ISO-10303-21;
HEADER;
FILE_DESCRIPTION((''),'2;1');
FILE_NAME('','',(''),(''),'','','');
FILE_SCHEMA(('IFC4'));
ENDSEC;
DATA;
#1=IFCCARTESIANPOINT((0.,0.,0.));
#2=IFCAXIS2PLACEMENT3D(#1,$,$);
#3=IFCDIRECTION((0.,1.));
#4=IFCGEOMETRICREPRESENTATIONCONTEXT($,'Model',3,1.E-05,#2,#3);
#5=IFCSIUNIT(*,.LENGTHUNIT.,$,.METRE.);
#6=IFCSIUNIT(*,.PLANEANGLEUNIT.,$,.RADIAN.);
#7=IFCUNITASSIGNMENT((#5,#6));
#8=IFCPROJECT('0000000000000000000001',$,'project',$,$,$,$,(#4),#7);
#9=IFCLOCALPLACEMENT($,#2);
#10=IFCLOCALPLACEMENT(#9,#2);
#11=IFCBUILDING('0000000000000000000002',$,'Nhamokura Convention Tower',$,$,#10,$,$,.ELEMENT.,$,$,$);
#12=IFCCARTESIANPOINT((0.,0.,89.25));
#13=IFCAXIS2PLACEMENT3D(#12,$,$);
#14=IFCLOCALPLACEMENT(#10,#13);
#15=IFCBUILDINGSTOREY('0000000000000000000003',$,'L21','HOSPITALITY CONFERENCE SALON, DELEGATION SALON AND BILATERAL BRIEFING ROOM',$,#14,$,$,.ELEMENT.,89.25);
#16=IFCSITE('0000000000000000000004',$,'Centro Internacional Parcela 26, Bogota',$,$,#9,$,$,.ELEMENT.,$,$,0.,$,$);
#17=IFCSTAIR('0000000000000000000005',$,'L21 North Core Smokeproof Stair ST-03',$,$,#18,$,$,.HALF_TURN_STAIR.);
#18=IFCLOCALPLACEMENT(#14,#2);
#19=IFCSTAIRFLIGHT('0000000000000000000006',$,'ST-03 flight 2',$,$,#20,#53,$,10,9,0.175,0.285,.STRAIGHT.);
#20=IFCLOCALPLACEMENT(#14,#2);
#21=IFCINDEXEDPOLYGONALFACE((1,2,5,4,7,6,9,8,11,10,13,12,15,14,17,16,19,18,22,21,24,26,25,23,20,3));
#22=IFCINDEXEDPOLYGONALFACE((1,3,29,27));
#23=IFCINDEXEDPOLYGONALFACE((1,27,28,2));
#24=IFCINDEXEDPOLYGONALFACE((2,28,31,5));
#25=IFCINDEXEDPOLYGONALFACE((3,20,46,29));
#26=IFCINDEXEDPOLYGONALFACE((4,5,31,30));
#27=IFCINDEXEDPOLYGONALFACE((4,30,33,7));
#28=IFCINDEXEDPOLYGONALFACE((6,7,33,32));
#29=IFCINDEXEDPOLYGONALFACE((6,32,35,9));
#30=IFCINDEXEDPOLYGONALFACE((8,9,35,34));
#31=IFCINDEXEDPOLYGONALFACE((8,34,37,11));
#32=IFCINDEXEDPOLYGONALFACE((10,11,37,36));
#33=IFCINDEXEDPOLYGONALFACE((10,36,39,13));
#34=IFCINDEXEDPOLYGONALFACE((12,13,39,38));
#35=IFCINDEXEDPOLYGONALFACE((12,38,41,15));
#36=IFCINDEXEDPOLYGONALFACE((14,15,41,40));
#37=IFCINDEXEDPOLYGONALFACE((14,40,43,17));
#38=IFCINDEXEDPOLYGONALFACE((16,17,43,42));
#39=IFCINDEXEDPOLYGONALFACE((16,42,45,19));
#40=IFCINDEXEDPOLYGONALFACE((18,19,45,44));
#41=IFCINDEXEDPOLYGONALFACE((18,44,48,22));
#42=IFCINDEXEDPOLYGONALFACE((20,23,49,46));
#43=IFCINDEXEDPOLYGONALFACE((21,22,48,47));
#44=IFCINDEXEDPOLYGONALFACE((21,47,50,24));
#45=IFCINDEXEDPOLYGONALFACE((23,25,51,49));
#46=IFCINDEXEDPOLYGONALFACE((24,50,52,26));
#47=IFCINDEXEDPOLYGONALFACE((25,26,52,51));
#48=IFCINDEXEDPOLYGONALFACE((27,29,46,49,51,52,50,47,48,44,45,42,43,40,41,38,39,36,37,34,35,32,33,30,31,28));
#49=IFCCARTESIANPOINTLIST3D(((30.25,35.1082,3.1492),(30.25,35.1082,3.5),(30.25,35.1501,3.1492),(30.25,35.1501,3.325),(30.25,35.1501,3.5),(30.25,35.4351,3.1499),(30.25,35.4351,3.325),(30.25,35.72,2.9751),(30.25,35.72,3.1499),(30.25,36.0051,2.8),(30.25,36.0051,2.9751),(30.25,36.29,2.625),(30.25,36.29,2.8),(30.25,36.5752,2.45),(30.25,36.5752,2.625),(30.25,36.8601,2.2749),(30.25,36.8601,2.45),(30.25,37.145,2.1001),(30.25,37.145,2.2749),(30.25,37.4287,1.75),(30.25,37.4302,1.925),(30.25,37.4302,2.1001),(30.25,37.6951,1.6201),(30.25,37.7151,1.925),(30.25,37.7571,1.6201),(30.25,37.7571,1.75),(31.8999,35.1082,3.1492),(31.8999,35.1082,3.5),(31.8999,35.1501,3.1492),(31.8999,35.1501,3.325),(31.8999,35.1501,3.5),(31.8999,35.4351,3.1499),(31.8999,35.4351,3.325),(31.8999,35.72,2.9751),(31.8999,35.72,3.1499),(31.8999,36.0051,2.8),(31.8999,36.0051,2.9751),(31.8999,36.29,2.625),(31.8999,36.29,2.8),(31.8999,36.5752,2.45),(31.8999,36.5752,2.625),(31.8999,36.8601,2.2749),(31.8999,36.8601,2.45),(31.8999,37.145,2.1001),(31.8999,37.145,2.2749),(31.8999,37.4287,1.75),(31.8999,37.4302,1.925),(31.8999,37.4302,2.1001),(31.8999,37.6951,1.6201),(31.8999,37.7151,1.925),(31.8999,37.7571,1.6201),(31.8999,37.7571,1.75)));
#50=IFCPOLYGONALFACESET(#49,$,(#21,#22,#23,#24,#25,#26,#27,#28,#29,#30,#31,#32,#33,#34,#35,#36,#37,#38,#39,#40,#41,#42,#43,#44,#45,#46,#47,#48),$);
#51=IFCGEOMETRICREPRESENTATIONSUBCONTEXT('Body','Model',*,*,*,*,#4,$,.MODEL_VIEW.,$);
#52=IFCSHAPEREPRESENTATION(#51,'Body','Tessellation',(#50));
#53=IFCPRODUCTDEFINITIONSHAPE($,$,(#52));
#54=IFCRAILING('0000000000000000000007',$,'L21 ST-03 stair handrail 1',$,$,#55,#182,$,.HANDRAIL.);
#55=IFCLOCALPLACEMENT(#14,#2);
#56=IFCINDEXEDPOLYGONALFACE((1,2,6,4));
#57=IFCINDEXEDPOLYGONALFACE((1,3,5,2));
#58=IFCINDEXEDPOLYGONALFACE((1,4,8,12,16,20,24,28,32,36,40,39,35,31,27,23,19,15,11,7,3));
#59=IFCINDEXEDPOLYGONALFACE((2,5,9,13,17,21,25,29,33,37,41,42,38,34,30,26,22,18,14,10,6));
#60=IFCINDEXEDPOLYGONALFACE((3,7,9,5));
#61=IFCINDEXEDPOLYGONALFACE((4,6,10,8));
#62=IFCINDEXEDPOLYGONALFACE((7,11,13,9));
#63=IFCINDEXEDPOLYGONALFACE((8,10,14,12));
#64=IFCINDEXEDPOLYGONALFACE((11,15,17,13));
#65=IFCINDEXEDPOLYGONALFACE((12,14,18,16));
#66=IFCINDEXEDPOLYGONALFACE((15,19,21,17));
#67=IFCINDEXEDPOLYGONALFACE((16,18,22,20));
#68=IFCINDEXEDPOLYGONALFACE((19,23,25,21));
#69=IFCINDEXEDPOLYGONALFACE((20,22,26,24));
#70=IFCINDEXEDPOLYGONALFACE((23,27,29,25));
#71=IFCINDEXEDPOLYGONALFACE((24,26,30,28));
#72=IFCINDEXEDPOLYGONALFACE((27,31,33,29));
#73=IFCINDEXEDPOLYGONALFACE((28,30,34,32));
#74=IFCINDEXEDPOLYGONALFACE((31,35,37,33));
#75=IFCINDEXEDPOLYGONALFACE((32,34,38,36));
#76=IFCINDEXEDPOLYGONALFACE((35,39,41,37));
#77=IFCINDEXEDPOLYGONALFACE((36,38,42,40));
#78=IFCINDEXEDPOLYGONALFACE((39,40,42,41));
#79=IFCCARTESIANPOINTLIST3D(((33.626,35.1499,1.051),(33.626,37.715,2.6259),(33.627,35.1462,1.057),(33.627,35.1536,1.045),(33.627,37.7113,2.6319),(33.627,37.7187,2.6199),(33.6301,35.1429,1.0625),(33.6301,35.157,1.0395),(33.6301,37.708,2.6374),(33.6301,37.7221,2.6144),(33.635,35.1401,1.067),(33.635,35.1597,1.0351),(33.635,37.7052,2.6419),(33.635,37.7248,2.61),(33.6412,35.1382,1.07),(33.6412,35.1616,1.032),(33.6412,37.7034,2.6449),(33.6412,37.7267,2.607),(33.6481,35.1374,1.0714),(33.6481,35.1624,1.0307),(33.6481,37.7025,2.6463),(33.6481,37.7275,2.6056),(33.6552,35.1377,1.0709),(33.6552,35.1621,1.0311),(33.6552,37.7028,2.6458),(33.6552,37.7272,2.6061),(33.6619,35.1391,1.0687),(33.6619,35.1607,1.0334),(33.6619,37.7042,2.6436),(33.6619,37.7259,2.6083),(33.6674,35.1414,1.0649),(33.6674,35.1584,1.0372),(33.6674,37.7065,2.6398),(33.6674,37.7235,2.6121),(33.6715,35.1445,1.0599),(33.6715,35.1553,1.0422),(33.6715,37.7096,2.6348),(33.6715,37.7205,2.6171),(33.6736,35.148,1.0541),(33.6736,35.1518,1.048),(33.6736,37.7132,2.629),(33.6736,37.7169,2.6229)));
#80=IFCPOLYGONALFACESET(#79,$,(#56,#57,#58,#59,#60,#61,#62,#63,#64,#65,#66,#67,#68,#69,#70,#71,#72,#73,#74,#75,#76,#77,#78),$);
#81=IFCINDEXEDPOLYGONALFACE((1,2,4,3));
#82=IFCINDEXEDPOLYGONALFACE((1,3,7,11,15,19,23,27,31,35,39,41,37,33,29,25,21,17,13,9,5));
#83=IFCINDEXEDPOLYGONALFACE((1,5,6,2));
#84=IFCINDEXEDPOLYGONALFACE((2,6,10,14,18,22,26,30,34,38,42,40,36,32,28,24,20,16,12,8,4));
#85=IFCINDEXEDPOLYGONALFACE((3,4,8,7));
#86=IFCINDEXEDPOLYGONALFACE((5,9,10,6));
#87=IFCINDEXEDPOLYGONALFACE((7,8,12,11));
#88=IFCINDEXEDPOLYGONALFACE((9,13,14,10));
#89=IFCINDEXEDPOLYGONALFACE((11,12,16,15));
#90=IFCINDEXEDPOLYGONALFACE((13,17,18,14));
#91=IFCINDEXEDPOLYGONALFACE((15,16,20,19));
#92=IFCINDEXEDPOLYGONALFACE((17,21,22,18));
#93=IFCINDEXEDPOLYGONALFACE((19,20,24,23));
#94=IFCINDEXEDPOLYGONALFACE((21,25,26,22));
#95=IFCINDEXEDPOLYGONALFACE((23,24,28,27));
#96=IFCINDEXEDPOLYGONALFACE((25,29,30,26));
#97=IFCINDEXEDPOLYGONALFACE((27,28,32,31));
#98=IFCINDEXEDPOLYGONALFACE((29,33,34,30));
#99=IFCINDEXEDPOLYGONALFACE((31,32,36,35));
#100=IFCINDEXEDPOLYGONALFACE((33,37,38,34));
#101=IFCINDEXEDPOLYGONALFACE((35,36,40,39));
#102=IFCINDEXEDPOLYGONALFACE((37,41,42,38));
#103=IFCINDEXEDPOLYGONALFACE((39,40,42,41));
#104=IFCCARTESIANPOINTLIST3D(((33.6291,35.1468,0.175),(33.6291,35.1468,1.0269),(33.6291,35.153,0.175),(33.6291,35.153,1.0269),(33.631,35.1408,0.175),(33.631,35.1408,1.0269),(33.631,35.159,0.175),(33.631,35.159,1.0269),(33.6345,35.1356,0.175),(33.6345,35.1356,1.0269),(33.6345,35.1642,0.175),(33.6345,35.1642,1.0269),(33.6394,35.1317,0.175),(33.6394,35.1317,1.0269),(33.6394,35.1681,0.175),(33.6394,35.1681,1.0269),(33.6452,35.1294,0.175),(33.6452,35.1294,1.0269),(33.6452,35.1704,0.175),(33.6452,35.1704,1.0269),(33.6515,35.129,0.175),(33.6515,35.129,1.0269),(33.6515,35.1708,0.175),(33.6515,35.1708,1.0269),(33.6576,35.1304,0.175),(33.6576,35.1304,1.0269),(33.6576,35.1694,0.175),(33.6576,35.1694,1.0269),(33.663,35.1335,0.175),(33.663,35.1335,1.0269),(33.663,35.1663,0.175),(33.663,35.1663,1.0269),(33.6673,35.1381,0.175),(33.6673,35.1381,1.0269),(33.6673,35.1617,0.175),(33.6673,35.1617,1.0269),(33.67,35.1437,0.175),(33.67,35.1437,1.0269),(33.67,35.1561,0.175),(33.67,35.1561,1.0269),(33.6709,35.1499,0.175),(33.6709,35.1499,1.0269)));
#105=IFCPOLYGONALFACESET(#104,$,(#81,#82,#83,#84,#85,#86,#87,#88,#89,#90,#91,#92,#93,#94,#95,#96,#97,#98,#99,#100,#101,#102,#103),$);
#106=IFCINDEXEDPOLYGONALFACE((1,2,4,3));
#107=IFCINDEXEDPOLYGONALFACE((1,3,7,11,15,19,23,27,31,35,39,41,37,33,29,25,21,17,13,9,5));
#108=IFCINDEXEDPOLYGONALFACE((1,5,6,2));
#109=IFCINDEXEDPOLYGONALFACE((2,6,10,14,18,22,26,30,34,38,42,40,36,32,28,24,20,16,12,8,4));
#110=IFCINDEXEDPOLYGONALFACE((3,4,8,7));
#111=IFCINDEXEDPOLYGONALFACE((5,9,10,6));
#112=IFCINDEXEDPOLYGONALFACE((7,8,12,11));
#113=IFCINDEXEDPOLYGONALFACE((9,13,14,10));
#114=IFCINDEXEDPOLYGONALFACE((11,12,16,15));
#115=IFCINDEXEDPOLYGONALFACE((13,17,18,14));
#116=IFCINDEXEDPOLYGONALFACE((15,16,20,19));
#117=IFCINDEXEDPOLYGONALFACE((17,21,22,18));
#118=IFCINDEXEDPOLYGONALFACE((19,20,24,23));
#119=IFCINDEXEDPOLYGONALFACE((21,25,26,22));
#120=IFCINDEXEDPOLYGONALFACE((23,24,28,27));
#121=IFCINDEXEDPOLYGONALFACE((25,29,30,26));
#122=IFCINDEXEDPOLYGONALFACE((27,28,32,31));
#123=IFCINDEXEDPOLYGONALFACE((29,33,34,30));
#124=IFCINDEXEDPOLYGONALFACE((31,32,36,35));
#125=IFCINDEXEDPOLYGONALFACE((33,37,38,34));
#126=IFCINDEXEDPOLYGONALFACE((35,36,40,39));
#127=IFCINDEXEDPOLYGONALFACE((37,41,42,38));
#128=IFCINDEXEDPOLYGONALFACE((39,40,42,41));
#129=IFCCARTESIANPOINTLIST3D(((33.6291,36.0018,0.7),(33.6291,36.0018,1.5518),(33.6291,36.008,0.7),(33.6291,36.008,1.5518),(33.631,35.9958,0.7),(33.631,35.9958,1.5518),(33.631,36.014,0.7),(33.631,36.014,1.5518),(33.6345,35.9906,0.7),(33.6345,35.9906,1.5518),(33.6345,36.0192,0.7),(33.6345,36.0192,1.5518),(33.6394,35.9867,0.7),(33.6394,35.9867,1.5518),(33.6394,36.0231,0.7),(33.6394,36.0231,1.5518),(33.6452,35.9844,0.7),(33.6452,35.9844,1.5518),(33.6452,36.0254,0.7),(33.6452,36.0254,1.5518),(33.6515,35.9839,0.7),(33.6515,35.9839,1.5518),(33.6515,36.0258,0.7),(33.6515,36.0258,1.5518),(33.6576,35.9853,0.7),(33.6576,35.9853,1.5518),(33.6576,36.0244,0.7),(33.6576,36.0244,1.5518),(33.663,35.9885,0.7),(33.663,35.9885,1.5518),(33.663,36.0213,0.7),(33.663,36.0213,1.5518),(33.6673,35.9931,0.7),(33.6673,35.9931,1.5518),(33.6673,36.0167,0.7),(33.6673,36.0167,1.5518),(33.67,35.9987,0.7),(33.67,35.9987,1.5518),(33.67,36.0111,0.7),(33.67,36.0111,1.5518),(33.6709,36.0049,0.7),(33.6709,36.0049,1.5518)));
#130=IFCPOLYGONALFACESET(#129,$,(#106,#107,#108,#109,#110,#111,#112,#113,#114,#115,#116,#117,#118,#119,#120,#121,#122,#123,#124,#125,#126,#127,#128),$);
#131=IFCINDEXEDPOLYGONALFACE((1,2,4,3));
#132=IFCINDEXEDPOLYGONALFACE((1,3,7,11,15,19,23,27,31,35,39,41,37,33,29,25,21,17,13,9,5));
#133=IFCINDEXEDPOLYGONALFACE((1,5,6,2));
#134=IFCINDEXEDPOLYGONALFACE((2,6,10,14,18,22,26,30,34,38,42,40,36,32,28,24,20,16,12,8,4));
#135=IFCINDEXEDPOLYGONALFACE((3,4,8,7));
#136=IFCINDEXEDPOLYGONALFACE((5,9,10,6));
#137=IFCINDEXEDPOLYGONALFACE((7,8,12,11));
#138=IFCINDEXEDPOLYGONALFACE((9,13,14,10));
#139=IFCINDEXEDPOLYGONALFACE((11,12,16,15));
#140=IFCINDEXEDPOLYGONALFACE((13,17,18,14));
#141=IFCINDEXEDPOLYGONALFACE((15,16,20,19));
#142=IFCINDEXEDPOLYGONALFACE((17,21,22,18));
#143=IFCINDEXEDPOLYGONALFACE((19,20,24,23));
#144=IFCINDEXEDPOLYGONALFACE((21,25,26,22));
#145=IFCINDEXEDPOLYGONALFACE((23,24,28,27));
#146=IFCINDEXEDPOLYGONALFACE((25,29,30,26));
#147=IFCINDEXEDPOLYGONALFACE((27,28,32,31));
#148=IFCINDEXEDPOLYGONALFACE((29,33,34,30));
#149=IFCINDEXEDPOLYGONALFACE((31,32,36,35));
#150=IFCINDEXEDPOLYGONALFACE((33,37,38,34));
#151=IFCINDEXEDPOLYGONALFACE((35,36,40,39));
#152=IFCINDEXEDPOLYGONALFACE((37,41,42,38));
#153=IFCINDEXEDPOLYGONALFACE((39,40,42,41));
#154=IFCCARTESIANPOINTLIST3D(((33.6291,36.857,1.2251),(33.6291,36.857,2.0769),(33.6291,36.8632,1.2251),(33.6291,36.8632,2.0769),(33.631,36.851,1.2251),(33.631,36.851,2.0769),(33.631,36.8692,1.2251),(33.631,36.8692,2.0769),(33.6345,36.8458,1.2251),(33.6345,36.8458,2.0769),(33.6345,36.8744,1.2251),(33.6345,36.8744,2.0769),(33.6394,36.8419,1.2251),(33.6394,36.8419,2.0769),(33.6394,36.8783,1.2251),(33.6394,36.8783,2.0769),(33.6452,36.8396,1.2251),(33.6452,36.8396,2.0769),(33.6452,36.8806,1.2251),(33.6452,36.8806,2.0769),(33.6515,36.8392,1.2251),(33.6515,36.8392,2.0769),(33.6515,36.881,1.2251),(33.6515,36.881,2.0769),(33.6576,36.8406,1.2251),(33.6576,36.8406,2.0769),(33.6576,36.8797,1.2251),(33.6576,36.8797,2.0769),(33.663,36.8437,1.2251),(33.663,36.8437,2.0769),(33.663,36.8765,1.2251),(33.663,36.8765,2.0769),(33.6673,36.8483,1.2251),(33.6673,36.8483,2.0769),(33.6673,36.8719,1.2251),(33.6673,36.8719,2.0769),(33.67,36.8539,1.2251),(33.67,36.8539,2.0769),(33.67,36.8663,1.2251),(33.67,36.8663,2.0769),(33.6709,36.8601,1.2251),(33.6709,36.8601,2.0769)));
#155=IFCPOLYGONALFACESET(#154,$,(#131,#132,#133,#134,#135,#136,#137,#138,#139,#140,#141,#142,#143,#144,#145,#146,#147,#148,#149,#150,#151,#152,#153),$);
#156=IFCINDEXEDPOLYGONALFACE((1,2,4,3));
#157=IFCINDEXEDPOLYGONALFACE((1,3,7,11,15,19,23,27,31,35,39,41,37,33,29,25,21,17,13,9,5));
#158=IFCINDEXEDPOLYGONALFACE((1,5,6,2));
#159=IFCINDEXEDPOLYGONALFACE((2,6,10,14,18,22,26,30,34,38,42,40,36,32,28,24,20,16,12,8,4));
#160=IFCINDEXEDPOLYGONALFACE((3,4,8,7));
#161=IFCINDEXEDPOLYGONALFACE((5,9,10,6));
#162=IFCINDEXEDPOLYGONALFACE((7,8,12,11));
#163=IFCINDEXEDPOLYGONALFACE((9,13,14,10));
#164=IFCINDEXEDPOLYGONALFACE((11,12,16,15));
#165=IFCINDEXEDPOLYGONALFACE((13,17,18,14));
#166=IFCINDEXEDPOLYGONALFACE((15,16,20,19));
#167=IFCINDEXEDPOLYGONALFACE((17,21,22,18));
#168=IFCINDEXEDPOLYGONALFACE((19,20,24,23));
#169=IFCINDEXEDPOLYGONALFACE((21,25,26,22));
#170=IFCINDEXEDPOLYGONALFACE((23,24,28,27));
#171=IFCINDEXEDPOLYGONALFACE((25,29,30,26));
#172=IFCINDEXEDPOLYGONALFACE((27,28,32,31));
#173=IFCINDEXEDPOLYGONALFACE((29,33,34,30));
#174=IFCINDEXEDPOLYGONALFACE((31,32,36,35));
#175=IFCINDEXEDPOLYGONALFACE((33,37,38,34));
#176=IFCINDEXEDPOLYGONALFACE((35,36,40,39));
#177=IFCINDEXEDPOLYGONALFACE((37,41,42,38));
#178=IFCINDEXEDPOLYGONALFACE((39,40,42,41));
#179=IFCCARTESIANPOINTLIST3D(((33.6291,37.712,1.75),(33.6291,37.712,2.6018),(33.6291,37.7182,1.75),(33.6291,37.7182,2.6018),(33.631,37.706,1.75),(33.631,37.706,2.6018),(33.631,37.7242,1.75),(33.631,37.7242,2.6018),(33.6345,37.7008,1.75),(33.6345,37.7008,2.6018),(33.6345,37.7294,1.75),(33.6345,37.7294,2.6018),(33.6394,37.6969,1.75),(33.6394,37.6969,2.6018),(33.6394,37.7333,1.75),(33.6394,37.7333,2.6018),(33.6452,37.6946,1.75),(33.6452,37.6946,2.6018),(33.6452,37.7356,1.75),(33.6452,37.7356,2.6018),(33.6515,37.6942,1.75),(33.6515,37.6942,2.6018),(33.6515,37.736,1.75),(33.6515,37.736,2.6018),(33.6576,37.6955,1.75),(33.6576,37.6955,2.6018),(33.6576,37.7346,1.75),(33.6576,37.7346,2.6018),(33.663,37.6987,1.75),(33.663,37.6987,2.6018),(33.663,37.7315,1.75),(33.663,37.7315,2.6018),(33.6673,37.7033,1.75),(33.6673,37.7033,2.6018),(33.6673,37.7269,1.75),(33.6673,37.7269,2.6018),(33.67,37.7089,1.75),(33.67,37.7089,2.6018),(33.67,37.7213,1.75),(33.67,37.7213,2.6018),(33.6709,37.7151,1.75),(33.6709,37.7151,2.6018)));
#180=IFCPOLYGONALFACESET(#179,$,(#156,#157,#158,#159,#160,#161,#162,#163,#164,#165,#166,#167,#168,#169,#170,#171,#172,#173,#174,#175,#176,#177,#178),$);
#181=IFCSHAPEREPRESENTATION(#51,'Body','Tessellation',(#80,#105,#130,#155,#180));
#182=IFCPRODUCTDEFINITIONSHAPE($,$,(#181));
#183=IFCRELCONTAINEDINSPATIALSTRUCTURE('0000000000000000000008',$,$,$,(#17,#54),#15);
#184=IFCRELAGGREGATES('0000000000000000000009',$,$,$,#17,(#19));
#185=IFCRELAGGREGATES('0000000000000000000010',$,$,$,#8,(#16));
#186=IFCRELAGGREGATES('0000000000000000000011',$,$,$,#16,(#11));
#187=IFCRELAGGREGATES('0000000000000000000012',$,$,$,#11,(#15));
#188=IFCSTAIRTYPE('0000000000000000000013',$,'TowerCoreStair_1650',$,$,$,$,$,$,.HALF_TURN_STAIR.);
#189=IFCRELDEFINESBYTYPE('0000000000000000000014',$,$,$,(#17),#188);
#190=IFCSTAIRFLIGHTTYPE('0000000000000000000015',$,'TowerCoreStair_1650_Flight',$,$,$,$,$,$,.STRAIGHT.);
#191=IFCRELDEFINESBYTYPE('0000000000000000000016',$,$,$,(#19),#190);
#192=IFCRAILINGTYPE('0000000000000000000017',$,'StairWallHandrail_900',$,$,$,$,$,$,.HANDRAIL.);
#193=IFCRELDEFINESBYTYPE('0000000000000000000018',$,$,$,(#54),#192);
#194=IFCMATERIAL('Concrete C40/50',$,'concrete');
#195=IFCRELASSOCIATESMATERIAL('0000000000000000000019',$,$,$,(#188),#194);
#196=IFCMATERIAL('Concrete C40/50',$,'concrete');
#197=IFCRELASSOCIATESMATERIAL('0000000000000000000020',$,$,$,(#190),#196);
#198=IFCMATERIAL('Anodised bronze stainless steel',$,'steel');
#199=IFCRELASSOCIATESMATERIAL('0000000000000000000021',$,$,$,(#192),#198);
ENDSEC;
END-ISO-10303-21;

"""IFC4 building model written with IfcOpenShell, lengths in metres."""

from ifc_helpers import new_model, si_unit, direction, frame, origin, origin_2d, place, context, subcontext, project, spatial, polyline, circle, outline, extrude, material, type_object, element, aggregate, save


model = new_model("IFC4")

# Units and contexts
model_context = context("Model", 3, precision=1e-05, world=origin(), true_north=direction((0.0, 1.0)))
body_context = subcontext(model_context, "Body", "Model", "MODEL_VIEW")
ifc_project = project(units=[si_unit("LENGTHUNIT", "METRE"), si_unit("PLANEANGLEUNIT", "RADIAN")], contexts=[model_context])

# Site, building, storey
site_placement = place(None, origin())
site = spatial("IfcSite", under=ifc_project, at=site_placement, Name="Centro Internacional Parcela 26, Bogota", CompositionType="ELEMENT", RefElevation=0.0)
building_placement = place(site_placement, origin())
building = spatial("IfcBuilding", under=site, at=building_placement, Name="Nhamokura Convention Tower", CompositionType="ELEMENT")
storey_placement = place(building_placement, frame((0.0, 0.0, 89.25)))
storey = spatial("IfcBuildingStorey", under=building, at=storey_placement, Name="L21", Description="HOSPITALITY CONFERENCE SALON, DELEGATION SALON AND BILATERAL BRIEFING ROOM", CompositionType="ELEMENT", Elevation=89.25)

# Stair, stair flight
ifc_material_1 = material(Name="Concrete C40/50", Category="concrete")
stair_type = type_object("IfcStairType", Name="TowerCoreStair_1650", PredefinedType="HALF_TURN_STAIR", material=ifc_material_1)
stair_placement = place(storey_placement, origin())
stair = element("IfcStair", 1, at=stair_placement, inside=storey, type_object=stair_type, Name="L21 North Core Smokeproof Stair ST-03", PredefinedType="HALF_TURN_STAIR")
ifc_material_2 = material(Name="Concrete C40/50", Category="concrete")
stair_flight_type = type_object("IfcStairFlightType", Name="TowerCoreStair_1650_Flight", PredefinedType="STRAIGHT", material=ifc_material_2)
stair_flight_1_placement = place(storey_placement, frame((31.075, 37.7151, 1.75), z_axis=(0.0, 0.0, 1.0), x_axis=(0.0, -1.0, 0.0)))
stair_flight_1 = element("IfcStairFlight", 2, at=stair_flight_1_placement, type_object=stair_flight_type, Name="ST-03 flight 2", NumberOfRisers=10, NumberOfTreads=9, PredefinedType="STRAIGHT", RiserHeight=0.175, TreadLength=0.285, context=body_context, shape_type="SweptSolid", body=[
    extrude(outline(polyline([(-0.042, 0.0), (0.0, 0.175), (0.2849, 0.175), (0.2849, 0.3501), (0.5701, 0.3501), (0.5701, 0.5249), (0.855, 0.5249), (0.855, 0.7), (1.1399, 0.7), (1.1399, 0.875), (1.425, 0.875), (1.425, 1.05), (1.71, 1.05), (1.71, 1.2251), (1.9951, 1.2251), (1.9951, 1.3999), (2.28, 1.3999), (2.28, 1.575), (2.5649, 1.575), (2.5649, 1.75), (2.6069, 1.75), (2.6069, 1.3992), (2.5649, 1.3992), (0.2864, 0.0), (0.02, -0.1299), (-0.042, -0.1299), (-0.042, 0.0)])), frame((0.0, 0.825, 0.0), z_axis=(0.0, -1.0, 0.0), x_axis=(1.0, 0.0, 0.0)), (0.0, 0.0, 1.0), 1.6499),
])
aggregate(stair, [stair_flight_1])

# Railing
ifc_material_3 = material(Name="Anodised bronze stainless steel", Category="steel")
railing_type_1 = type_object("IfcRailingType", Name="StairWallHandrail_900", PredefinedType="HANDRAIL", material=ifc_material_3)
railing_1_placement = place(storey_placement, frame((33.6499, 35.1499, 0.175)))
element("IfcRailing", 3, at=railing_1_placement, inside=storey, type_object=railing_type_1, Name="L21 ST-03 stair handrail 1", PredefinedType="HANDRAIL", context=body_context, shape_type="SweptSolid", body=[
    extrude(circle(Radius=0.0239, at=origin_2d()), frame((0.0, 0.0, 0.876), z_axis=(0.0, 0.852195, 0.523224), x_axis=(-1.0, 0.0, 0.0)), (0.0, 0.0, 1.0), 3.01),
    extrude(circle(Radius=0.021, at=origin_2d()), origin(), (0.0, 0.0, 1.0), 0.8518),
    extrude(circle(Radius=0.021, at=origin_2d()), frame((0.0, 0.855, 0.5249)), (0.0, 0.0, 1.0), 0.8518),
    extrude(circle(Radius=0.021, at=origin_2d()), frame((0.0, 1.7102, 1.05)), (0.0, 0.0, 1.0), 0.8518),
    extrude(circle(Radius=0.021, at=origin_2d()), frame((0.0, 2.5652, 1.575)), (0.0, 0.0, 1.0), 0.8518),
])

save(model, "model.ifc")
